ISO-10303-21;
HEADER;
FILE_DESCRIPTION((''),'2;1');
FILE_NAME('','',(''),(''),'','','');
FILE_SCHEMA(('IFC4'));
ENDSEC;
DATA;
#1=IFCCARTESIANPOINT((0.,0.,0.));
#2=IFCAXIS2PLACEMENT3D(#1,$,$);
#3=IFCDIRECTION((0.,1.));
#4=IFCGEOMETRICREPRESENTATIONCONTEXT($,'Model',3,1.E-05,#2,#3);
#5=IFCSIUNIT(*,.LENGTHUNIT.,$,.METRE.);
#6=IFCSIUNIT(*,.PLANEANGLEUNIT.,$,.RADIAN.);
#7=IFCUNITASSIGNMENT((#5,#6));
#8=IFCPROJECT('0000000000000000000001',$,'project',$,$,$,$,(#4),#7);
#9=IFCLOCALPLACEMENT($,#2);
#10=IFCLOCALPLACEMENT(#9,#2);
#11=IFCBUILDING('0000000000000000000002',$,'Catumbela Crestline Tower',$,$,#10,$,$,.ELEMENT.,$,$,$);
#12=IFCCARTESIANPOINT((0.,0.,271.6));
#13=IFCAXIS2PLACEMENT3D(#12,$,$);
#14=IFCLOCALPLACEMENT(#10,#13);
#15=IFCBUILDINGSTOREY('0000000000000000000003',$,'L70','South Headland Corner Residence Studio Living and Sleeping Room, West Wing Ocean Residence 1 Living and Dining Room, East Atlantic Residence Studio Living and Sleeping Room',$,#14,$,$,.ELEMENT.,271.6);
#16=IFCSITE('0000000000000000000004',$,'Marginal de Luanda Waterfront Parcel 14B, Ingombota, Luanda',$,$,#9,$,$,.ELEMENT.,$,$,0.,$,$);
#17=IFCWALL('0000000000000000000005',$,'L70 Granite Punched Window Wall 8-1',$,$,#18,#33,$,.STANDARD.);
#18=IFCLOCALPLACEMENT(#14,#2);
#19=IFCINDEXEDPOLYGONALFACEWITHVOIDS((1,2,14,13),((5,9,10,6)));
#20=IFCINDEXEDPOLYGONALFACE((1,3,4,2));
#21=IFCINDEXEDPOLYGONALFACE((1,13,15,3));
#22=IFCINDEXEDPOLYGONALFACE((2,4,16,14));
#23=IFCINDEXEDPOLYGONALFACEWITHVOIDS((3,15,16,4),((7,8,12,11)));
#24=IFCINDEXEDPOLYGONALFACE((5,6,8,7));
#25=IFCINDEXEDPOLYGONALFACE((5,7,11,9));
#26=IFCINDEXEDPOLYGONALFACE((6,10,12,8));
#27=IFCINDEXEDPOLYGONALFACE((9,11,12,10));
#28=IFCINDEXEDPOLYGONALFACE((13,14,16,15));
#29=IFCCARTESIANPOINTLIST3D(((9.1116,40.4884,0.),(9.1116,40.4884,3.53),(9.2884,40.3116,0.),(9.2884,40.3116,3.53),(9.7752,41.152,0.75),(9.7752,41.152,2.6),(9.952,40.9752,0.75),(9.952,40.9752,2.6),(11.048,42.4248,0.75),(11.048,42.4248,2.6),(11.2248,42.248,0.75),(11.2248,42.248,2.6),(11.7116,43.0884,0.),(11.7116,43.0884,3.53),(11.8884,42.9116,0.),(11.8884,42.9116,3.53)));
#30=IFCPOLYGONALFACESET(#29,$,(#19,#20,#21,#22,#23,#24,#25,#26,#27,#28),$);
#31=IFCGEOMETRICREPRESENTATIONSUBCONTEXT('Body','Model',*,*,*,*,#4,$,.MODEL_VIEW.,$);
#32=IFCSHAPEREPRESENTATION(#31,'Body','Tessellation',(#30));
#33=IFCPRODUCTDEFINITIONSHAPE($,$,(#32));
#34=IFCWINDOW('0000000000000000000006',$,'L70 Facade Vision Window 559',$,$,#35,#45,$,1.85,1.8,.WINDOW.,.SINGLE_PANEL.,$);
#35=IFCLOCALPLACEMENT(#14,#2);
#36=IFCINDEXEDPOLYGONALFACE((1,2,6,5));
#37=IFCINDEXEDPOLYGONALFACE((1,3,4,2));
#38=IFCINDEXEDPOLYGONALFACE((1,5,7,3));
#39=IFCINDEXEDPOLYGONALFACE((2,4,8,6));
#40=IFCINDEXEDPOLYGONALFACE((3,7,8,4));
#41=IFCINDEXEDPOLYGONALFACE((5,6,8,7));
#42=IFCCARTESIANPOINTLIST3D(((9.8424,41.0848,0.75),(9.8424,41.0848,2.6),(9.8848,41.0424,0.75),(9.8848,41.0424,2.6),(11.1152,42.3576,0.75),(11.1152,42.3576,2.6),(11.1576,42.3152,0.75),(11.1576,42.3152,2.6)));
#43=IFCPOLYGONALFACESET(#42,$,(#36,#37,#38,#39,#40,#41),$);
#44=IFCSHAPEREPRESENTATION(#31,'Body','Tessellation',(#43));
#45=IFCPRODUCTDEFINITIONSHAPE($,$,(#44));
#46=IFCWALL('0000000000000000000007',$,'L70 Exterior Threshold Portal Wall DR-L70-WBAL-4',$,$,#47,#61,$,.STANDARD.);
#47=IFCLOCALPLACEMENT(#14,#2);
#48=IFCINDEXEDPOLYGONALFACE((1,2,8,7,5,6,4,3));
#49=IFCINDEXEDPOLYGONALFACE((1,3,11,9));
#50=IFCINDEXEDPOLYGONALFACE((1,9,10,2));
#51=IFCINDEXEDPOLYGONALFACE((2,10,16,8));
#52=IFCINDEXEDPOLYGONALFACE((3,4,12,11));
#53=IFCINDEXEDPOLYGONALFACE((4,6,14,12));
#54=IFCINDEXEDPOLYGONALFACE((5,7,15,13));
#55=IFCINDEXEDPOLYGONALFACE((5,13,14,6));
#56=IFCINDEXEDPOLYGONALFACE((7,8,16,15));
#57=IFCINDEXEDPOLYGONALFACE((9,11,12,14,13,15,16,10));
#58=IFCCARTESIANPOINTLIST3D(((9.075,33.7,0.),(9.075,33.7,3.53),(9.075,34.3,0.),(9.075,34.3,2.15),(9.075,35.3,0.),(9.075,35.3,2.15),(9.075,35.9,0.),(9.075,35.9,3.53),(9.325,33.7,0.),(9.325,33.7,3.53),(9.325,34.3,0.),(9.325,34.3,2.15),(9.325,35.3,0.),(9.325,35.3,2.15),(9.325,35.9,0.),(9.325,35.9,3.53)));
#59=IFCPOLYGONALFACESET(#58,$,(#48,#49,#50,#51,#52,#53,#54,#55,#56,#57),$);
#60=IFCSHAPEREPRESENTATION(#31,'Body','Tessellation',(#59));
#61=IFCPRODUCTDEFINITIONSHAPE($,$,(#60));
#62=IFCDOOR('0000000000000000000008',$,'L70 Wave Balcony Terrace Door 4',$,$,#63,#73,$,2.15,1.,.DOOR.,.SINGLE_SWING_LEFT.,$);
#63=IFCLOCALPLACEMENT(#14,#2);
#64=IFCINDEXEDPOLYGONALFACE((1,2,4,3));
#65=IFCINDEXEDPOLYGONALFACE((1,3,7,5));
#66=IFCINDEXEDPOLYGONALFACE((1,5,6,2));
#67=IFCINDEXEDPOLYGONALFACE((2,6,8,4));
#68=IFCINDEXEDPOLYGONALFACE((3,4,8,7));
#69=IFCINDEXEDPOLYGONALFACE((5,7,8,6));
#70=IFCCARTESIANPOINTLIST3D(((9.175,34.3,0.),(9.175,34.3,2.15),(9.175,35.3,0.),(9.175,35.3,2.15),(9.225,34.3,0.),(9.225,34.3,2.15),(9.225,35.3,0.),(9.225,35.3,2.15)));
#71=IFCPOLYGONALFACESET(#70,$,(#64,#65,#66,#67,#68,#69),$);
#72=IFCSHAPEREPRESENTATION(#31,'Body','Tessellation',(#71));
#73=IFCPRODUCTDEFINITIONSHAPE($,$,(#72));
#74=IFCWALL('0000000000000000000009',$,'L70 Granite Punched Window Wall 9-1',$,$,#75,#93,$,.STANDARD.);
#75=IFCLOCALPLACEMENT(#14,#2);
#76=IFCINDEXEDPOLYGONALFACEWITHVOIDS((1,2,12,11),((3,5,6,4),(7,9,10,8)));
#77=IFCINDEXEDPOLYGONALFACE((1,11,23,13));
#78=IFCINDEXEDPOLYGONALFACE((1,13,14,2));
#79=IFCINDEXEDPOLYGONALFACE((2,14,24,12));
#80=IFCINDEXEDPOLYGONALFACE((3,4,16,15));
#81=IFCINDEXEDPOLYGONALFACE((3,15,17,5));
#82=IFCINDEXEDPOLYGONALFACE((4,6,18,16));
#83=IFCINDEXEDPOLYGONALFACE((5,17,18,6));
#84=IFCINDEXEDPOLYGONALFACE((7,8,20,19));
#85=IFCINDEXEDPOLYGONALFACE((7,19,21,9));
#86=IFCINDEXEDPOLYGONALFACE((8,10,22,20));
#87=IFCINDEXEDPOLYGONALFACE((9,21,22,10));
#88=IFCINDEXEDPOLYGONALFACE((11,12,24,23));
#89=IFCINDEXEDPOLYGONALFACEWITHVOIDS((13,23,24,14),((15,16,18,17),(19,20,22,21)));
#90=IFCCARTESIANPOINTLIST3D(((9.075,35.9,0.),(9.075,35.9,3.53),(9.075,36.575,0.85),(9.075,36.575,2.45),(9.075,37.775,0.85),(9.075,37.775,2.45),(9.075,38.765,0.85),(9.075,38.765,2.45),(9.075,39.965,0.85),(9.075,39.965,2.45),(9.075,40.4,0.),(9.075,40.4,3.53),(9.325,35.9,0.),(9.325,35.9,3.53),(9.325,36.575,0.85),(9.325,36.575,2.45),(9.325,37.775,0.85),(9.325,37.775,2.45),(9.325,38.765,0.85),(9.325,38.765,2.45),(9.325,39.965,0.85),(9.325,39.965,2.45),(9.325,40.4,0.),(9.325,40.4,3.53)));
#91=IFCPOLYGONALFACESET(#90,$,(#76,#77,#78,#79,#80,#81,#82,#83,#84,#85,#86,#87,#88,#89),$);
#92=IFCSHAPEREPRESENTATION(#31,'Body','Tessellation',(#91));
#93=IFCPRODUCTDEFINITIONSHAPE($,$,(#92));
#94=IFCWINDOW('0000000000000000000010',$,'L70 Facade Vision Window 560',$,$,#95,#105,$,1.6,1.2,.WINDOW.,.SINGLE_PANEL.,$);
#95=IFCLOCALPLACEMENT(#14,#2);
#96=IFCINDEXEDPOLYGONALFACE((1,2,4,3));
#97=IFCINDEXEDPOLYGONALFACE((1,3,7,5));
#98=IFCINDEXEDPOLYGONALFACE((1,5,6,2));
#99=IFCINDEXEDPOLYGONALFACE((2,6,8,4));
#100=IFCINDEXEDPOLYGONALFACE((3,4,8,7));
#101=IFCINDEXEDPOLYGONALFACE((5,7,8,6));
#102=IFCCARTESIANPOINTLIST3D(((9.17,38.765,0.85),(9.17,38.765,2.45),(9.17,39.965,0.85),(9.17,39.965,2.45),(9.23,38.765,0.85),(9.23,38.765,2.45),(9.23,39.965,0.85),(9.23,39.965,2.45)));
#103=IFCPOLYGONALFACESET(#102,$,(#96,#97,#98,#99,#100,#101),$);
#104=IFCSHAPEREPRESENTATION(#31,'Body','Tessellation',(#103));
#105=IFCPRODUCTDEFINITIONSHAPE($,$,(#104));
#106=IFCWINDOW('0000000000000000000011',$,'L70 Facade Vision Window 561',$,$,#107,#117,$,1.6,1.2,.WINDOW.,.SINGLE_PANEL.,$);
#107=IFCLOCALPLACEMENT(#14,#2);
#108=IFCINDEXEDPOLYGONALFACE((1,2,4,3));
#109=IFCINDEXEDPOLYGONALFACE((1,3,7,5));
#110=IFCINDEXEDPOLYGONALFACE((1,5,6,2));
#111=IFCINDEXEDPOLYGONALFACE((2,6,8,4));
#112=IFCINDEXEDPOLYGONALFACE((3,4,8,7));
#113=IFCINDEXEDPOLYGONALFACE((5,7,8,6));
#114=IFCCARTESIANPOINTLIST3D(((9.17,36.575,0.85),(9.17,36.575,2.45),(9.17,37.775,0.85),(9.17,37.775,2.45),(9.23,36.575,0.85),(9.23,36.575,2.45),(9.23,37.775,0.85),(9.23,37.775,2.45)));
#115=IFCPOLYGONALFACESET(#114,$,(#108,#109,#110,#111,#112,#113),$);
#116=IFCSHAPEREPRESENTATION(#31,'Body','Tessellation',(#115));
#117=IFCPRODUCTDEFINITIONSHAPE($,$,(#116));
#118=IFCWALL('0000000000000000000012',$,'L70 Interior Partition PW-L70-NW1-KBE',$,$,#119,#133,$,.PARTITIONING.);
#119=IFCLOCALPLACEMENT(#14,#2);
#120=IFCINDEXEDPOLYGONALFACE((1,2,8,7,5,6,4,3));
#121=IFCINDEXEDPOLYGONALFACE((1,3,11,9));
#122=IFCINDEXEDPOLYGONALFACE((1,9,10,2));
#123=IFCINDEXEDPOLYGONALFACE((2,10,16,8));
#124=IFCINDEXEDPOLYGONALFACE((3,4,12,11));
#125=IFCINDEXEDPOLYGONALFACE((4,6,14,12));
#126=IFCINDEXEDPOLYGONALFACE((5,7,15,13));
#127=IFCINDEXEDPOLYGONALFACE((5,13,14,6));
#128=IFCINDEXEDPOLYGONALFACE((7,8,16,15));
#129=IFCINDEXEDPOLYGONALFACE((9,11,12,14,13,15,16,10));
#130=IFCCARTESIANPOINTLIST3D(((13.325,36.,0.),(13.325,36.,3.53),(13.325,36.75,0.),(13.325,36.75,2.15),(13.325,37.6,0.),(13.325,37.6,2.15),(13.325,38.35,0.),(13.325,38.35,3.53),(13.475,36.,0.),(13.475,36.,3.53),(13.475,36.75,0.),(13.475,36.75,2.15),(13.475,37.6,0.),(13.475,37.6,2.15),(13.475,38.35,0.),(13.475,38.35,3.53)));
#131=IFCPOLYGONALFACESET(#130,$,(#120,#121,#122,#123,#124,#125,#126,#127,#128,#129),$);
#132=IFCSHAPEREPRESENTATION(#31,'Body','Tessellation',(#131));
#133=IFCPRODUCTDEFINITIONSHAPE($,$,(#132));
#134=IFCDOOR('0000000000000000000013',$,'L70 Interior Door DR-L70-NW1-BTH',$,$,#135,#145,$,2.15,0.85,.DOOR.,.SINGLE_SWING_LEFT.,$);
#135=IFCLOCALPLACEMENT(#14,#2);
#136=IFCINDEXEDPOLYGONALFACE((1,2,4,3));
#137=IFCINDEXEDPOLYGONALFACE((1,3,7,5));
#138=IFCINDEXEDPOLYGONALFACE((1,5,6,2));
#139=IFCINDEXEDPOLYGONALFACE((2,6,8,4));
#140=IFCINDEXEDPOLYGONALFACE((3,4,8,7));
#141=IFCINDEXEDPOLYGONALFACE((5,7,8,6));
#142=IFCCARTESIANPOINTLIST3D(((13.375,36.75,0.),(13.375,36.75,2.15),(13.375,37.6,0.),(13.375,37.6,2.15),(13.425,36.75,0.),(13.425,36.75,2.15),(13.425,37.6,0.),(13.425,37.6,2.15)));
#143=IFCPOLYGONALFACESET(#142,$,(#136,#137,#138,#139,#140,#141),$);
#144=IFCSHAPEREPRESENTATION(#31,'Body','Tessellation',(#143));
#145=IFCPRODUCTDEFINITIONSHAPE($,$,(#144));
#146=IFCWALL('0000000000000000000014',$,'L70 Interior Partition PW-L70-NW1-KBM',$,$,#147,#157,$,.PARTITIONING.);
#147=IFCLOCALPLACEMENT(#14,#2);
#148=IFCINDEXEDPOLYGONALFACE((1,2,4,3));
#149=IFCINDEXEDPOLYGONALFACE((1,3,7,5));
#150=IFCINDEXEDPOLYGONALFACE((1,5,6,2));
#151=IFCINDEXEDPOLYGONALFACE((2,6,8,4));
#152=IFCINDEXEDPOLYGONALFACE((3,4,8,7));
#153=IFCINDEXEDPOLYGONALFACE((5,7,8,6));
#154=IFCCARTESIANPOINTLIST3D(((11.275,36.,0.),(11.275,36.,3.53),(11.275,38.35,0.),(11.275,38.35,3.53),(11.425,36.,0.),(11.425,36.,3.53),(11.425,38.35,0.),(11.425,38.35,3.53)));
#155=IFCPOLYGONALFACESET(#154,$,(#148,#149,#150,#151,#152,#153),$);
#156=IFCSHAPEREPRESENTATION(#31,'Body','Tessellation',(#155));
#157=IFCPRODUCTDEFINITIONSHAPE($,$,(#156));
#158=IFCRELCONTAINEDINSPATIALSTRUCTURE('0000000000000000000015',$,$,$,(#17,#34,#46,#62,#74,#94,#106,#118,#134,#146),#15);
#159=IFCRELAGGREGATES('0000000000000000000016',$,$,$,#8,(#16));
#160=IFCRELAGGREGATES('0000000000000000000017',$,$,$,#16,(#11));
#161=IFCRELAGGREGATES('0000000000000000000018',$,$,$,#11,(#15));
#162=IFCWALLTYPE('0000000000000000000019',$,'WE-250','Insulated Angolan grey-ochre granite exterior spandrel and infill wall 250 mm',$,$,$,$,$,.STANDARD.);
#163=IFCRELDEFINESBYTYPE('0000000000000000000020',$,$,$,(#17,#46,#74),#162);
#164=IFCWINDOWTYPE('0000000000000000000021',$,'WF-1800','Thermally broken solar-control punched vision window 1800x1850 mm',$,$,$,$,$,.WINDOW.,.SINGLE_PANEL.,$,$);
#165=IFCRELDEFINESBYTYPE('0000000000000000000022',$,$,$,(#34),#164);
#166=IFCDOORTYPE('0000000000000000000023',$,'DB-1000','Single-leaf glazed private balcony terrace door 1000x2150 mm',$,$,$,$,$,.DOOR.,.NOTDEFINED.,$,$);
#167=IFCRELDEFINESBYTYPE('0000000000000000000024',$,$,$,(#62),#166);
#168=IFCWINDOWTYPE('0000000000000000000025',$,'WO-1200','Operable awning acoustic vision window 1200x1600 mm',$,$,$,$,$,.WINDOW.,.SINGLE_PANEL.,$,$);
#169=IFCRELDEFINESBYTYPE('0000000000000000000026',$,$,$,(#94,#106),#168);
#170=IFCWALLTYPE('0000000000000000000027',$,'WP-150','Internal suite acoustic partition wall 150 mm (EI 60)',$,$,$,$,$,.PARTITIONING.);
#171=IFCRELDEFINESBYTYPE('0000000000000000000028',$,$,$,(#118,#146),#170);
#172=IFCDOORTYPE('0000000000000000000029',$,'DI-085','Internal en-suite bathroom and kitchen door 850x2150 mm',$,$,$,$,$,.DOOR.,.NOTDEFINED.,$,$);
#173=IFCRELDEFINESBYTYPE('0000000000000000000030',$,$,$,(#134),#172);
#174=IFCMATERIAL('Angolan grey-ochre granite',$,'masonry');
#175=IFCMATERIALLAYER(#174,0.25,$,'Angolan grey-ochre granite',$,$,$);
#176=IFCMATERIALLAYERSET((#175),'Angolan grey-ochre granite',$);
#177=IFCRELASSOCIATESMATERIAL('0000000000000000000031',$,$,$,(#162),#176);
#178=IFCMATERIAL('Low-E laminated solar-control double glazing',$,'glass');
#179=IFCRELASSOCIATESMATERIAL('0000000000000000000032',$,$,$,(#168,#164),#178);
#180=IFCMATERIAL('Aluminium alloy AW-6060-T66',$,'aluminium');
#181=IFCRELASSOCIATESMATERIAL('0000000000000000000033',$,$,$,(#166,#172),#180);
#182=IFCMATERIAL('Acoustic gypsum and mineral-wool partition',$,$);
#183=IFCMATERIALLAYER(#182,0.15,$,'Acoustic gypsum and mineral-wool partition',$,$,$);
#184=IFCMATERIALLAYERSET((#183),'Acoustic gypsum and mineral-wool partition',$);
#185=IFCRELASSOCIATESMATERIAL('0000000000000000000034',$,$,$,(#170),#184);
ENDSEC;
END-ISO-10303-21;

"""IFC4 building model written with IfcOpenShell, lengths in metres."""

from ifc_helpers import new_model, si_unit, direction, frame, frame_2d, origin, place, context, subcontext, project, spatial, rectangle, extrude, material, layer, layer_set, type_object, element, fill, save


model = new_model("IFC4")

# Units and contexts
model_context = context("Model", 3, precision=1e-05, world=origin(), true_north=direction((0.0, 1.0)))
body_context = subcontext(model_context, "Body", "Model", "MODEL_VIEW")
ifc_project = project(units=[si_unit("LENGTHUNIT", "METRE"), si_unit("PLANEANGLEUNIT", "RADIAN")], contexts=[model_context])

# Site, building, storey
site_placement = place(None, origin())
site = spatial("IfcSite", under=ifc_project, at=site_placement, Name="Marginal de Luanda Waterfront Parcel 14B, Ingombota, Luanda", CompositionType="ELEMENT", RefElevation=0.0)
building_placement = place(site_placement, origin())
building = spatial("IfcBuilding", under=site, at=building_placement, Name="Catumbela Crestline Tower", CompositionType="ELEMENT")
storey_placement = place(building_placement, frame((0.0, 0.0, 271.6)))
storey = spatial("IfcBuildingStorey", under=building, at=storey_placement, Name="L70", Description="South Headland Corner Residence Studio Living and Sleeping Room, West Wing Ocean Residence 1 Living and Dining Room, East Atlantic Residence Studio Living and Sleeping Room", CompositionType="ELEMENT", Elevation=271.6)

# Shared definitions
ifc_material_1 = material(Name="Aluminium alloy AW-6060-T66", Category="aluminium")
ifc_material_2 = material(Name="Low-E laminated solar-control double glazing", Category="glass")

# Shared definitions
ifc_material_3 = material(Name="Acoustic gypsum and mineral-wool partition")

# Wall, opening, window
ifc_material_4 = material(Name="Angolan grey-ochre granite", Category="masonry")
ifc_layer_1 = layer(ifc_material_4, 0.25, Name="Angolan grey-ochre granite")
ifc_layer_set_1 = layer_set([ifc_layer_1], Name="Angolan grey-ochre granite")
wall_type_1 = type_object("IfcWallType", Name="WE-250", Description="Insulated Angolan grey-ochre granite exterior spandrel and infill wall 250 mm", PredefinedType="STANDARD", material=ifc_layer_set_1)
window_type_1 = type_object("IfcWindowType", Name="WO-1200", Description="Operable awning acoustic vision window 1200x1600 mm", PartitioningType="SINGLE_PANEL", PredefinedType="WINDOW", material=ifc_material_2)
wall_1_placement = place(storey_placement, frame((11.8, 43.0, 0.0), z_axis=(0.0, 0.0, 1.0), x_axis=(-0.707107, -0.707107, 0.0)))
wall_1 = element("IfcWall", 1, at=wall_1_placement, inside=storey, type_object=wall_type_1, Name="L70 Granite Punched Window Wall 8-1", PredefinedType="STANDARD", context=body_context, shape_type="SweptSolid", body=[
    extrude(rectangle(XDim=3.677, YDim=0.25, at=frame_2d((1.8385, 0.0))), origin(), (0.0, 0.0, 1.0), 3.53),
])
opening_1_placement = place(wall_1_placement, frame((0.9385, 0.0, 0.75)))
opening_1 = element("IfcOpeningElement", 2, at=opening_1_placement, cuts=wall_1, PredefinedType="OPENING", context=body_context, shape_type="SweptSolid", body=[
    extrude(rectangle(XDim=1.8, YDim=1.85, at=frame_2d((0.9, 0.925))), frame((0.0, 0.135, 0.0), z_axis=(0.0, -1.0, 0.0), x_axis=(1.0, 0.0, 0.0)), (0.0, 0.0, 1.0), 0.27),
])
window_type_2 = type_object("IfcWindowType", Name="WF-1800", Description="Thermally broken solar-control punched vision window 1800x1850 mm", PartitioningType="SINGLE_PANEL", PredefinedType="WINDOW", material=ifc_material_2)
window_1_placement = place(opening_1_placement, origin())
window_1 = element("IfcWindow", 3, at=window_1_placement, inside=storey, type_object=window_type_2, Name="L70 Facade Vision Window 559", OverallHeight=1.85, OverallWidth=1.8, PartitioningType="SINGLE_PANEL", PredefinedType="WINDOW", context=body_context, shape_type="SweptSolid", body=[
    extrude(rectangle(XDim=1.8, YDim=1.85, at=frame_2d((0.9, 0.925))), frame((0.0, 0.03, 0.0), z_axis=(0.0, -1.0, 0.0), x_axis=(1.0, 0.0, 0.0)), (0.0, 0.0, 1.0), 0.06),
])
fill(opening_1, window_1)

# Wall, opening, door
wall_2_placement = place(storey_placement, frame((9.2, 35.9, 0.0), z_axis=(0.0, 0.0, 1.0), x_axis=(0.0, -1.0, 0.0)))
wall_2 = element("IfcWall", 4, at=wall_2_placement, inside=storey, type_object=wall_type_1, Name="L70 Exterior Threshold Portal Wall DR-L70-WBAL-4", PredefinedType="STANDARD", context=body_context, shape_type="SweptSolid", body=[
    extrude(rectangle(XDim=2.2, YDim=0.25, at=frame_2d((1.1, 0.0))), origin(), (0.0, 0.0, 1.0), 3.53),
])
opening_2_placement = place(wall_2_placement, frame((0.6, 0.0, 0.0)))
opening_2 = element("IfcOpeningElement", 5, at=opening_2_placement, cuts=wall_2, PredefinedType="OPENING", context=body_context, shape_type="SweptSolid", body=[
    extrude(rectangle(XDim=1.0, YDim=2.15, at=frame_2d((0.5, 1.075))), frame((0.0, 0.135, 0.0), z_axis=(0.0, -1.0, 0.0), x_axis=(1.0, 0.0, 0.0)), (0.0, 0.0, 1.0), 0.27),
])
door_type_1 = type_object("IfcDoorType", Name="DB-1000", Description="Single-leaf glazed private balcony terrace door 1000x2150 mm", OperationType="NOTDEFINED", PredefinedType="DOOR", material=ifc_material_1)
door_1_placement = place(opening_2_placement, origin())
door_1 = element("IfcDoor", 6, at=door_1_placement, inside=storey, type_object=door_type_1, Name="L70 Wave Balcony Terrace Door 4", OperationType="SINGLE_SWING_LEFT", OverallHeight=2.15, OverallWidth=1.0, PredefinedType="DOOR", context=body_context, shape_type="SweptSolid", body=[
    extrude(rectangle(XDim=1.0, YDim=2.15, at=frame_2d((0.5, 1.075))), frame((0.0, 0.025, 0.0), z_axis=(0.0, -1.0, 0.0), x_axis=(1.0, 0.0, 0.0)), (0.0, 0.0, 1.0), 0.05),
])
fill(opening_2, door_1)

# Wall, openings, windows
wall_3_placement = place(storey_placement, frame((9.2, 40.4, 0.0), z_axis=(0.0, 0.0, 1.0), x_axis=(0.0, -1.0, 0.0)))
wall_3 = element("IfcWall", 7, at=wall_3_placement, inside=storey, type_object=wall_type_1, Name="L70 Granite Punched Window Wall 9-1", PredefinedType="STANDARD", context=body_context, shape_type="SweptSolid", body=[
    extrude(rectangle(XDim=4.5, YDim=0.25, at=frame_2d((2.25, 0.0))), origin(), (0.0, 0.0, 1.0), 3.53),
])
opening_3_placement = place(wall_3_placement, frame((0.435, 0.0, 0.85)))
opening_3 = element("IfcOpeningElement", 8, at=opening_3_placement, cuts=wall_3, PredefinedType="OPENING", context=body_context, shape_type="SweptSolid", body=[
    extrude(rectangle(XDim=1.2, YDim=1.6, at=frame_2d((0.6, 0.8))), frame((0.0, 0.135, 0.0), z_axis=(0.0, -1.0, 0.0), x_axis=(1.0, 0.0, 0.0)), (0.0, 0.0, 1.0), 0.27),
])
opening_4_placement = place(wall_3_placement, frame((2.625, 0.0, 0.85)))
opening_4 = element("IfcOpeningElement", 9, at=opening_4_placement, cuts=wall_3, PredefinedType="OPENING", context=body_context, shape_type="SweptSolid", body=[
    extrude(rectangle(XDim=1.2, YDim=1.6, at=frame_2d((0.6, 0.8))), frame((0.0, 0.135, 0.0), z_axis=(0.0, -1.0, 0.0), x_axis=(1.0, 0.0, 0.0)), (0.0, 0.0, 1.0), 0.27),
])
window_2_placement = place(opening_3_placement, origin())
window_2 = element("IfcWindow", 10, at=window_2_placement, inside=storey, type_object=window_type_1, Name="L70 Facade Vision Window 560", OverallHeight=1.6, OverallWidth=1.2, PartitioningType="SINGLE_PANEL", PredefinedType="WINDOW", context=body_context, shape_type="SweptSolid", body=[
    extrude(rectangle(XDim=1.2, YDim=1.6, at=frame_2d((0.6, 0.8))), frame((0.0, 0.03, 0.0), z_axis=(0.0, -1.0, 0.0), x_axis=(1.0, 0.0, 0.0)), (0.0, 0.0, 1.0), 0.06),
])
fill(opening_3, window_2)
window_3_placement = place(opening_4_placement, origin())
window_3 = element("IfcWindow", 11, at=window_3_placement, inside=storey, type_object=window_type_1, Name="L70 Facade Vision Window 561", OverallHeight=1.6, OverallWidth=1.2, PartitioningType="SINGLE_PANEL", PredefinedType="WINDOW", context=body_context, shape_type="SweptSolid", body=[
    extrude(rectangle(XDim=1.2, YDim=1.6, at=frame_2d((0.6, 0.8))), frame((0.0, 0.03, 0.0), z_axis=(0.0, -1.0, 0.0), x_axis=(1.0, 0.0, 0.0)), (0.0, 0.0, 1.0), 0.06),
])
fill(opening_4, window_3)

# Wall, opening, door
ifc_layer_2 = layer(ifc_material_3, 0.15, Name="Acoustic gypsum and mineral-wool partition")
ifc_layer_set_2 = layer_set([ifc_layer_2], Name="Acoustic gypsum and mineral-wool partition")
wall_type_2 = type_object("IfcWallType", Name="WP-150", Description="Internal suite acoustic partition wall 150 mm (EI 60)", PredefinedType="PARTITIONING", material=ifc_layer_set_2)
wall_4_placement = place(storey_placement, frame((13.4, 36.0, 0.0), z_axis=(0.0, 0.0, 1.0), x_axis=(0.0, 1.0, 0.0)))
wall_4 = element("IfcWall", 12, at=wall_4_placement, inside=storey, type_object=wall_type_2, Name="L70 Interior Partition PW-L70-NW1-KBE", PredefinedType="PARTITIONING", context=body_context, shape_type="SweptSolid", body=[
    extrude(rectangle(XDim=2.35, YDim=0.15, at=frame_2d((1.175, 0.0))), origin(), (0.0, 0.0, 1.0), 3.53),
])
opening_5_placement = place(wall_4_placement, frame((0.75, 0.0, 0.0)))
opening_5 = element("IfcOpeningElement", 13, at=opening_5_placement, cuts=wall_4, PredefinedType="OPENING", context=body_context, shape_type="SweptSolid", body=[
    extrude(rectangle(XDim=0.85, YDim=2.15, at=frame_2d((0.425, 1.075))), frame((0.0, 0.085, 0.0), z_axis=(0.0, -1.0, 0.0), x_axis=(1.0, 0.0, 0.0)), (0.0, 0.0, 1.0), 0.17),
])
door_type_2 = type_object("IfcDoorType", Name="DI-085", Description="Internal en-suite bathroom and kitchen door 850x2150 mm", OperationType="NOTDEFINED", PredefinedType="DOOR", material=ifc_material_1)
door_2_placement = place(opening_5_placement, origin())
door_2 = element("IfcDoor", 14, at=door_2_placement, inside=storey, type_object=door_type_2, Name="L70 Interior Door DR-L70-NW1-BTH", OperationType="SINGLE_SWING_LEFT", OverallHeight=2.15, OverallWidth=0.85, PredefinedType="DOOR", context=body_context, shape_type="SweptSolid", body=[
    extrude(rectangle(XDim=0.85, YDim=2.15, at=frame_2d((0.425, 1.075))), frame((0.0, 0.025, 0.0), z_axis=(0.0, -1.0, 0.0), x_axis=(1.0, 0.0, 0.0)), (0.0, 0.0, 1.0), 0.05),
])
fill(opening_5, door_2)

# Wall
wall_5_placement = place(storey_placement, frame((11.35, 36.0, 0.0), z_axis=(0.0, 0.0, 1.0), x_axis=(0.0, 1.0, 0.0)))
element("IfcWall", 15, at=wall_5_placement, inside=storey, type_object=wall_type_2, Name="L70 Interior Partition PW-L70-NW1-KBM", PredefinedType="PARTITIONING", context=body_context, shape_type="SweptSolid", body=[
    extrude(rectangle(XDim=2.35, YDim=0.15, at=frame_2d((1.175, 0.0))), origin(), (0.0, 0.0, 1.0), 3.53),
])

save(model, "model.ifc")
